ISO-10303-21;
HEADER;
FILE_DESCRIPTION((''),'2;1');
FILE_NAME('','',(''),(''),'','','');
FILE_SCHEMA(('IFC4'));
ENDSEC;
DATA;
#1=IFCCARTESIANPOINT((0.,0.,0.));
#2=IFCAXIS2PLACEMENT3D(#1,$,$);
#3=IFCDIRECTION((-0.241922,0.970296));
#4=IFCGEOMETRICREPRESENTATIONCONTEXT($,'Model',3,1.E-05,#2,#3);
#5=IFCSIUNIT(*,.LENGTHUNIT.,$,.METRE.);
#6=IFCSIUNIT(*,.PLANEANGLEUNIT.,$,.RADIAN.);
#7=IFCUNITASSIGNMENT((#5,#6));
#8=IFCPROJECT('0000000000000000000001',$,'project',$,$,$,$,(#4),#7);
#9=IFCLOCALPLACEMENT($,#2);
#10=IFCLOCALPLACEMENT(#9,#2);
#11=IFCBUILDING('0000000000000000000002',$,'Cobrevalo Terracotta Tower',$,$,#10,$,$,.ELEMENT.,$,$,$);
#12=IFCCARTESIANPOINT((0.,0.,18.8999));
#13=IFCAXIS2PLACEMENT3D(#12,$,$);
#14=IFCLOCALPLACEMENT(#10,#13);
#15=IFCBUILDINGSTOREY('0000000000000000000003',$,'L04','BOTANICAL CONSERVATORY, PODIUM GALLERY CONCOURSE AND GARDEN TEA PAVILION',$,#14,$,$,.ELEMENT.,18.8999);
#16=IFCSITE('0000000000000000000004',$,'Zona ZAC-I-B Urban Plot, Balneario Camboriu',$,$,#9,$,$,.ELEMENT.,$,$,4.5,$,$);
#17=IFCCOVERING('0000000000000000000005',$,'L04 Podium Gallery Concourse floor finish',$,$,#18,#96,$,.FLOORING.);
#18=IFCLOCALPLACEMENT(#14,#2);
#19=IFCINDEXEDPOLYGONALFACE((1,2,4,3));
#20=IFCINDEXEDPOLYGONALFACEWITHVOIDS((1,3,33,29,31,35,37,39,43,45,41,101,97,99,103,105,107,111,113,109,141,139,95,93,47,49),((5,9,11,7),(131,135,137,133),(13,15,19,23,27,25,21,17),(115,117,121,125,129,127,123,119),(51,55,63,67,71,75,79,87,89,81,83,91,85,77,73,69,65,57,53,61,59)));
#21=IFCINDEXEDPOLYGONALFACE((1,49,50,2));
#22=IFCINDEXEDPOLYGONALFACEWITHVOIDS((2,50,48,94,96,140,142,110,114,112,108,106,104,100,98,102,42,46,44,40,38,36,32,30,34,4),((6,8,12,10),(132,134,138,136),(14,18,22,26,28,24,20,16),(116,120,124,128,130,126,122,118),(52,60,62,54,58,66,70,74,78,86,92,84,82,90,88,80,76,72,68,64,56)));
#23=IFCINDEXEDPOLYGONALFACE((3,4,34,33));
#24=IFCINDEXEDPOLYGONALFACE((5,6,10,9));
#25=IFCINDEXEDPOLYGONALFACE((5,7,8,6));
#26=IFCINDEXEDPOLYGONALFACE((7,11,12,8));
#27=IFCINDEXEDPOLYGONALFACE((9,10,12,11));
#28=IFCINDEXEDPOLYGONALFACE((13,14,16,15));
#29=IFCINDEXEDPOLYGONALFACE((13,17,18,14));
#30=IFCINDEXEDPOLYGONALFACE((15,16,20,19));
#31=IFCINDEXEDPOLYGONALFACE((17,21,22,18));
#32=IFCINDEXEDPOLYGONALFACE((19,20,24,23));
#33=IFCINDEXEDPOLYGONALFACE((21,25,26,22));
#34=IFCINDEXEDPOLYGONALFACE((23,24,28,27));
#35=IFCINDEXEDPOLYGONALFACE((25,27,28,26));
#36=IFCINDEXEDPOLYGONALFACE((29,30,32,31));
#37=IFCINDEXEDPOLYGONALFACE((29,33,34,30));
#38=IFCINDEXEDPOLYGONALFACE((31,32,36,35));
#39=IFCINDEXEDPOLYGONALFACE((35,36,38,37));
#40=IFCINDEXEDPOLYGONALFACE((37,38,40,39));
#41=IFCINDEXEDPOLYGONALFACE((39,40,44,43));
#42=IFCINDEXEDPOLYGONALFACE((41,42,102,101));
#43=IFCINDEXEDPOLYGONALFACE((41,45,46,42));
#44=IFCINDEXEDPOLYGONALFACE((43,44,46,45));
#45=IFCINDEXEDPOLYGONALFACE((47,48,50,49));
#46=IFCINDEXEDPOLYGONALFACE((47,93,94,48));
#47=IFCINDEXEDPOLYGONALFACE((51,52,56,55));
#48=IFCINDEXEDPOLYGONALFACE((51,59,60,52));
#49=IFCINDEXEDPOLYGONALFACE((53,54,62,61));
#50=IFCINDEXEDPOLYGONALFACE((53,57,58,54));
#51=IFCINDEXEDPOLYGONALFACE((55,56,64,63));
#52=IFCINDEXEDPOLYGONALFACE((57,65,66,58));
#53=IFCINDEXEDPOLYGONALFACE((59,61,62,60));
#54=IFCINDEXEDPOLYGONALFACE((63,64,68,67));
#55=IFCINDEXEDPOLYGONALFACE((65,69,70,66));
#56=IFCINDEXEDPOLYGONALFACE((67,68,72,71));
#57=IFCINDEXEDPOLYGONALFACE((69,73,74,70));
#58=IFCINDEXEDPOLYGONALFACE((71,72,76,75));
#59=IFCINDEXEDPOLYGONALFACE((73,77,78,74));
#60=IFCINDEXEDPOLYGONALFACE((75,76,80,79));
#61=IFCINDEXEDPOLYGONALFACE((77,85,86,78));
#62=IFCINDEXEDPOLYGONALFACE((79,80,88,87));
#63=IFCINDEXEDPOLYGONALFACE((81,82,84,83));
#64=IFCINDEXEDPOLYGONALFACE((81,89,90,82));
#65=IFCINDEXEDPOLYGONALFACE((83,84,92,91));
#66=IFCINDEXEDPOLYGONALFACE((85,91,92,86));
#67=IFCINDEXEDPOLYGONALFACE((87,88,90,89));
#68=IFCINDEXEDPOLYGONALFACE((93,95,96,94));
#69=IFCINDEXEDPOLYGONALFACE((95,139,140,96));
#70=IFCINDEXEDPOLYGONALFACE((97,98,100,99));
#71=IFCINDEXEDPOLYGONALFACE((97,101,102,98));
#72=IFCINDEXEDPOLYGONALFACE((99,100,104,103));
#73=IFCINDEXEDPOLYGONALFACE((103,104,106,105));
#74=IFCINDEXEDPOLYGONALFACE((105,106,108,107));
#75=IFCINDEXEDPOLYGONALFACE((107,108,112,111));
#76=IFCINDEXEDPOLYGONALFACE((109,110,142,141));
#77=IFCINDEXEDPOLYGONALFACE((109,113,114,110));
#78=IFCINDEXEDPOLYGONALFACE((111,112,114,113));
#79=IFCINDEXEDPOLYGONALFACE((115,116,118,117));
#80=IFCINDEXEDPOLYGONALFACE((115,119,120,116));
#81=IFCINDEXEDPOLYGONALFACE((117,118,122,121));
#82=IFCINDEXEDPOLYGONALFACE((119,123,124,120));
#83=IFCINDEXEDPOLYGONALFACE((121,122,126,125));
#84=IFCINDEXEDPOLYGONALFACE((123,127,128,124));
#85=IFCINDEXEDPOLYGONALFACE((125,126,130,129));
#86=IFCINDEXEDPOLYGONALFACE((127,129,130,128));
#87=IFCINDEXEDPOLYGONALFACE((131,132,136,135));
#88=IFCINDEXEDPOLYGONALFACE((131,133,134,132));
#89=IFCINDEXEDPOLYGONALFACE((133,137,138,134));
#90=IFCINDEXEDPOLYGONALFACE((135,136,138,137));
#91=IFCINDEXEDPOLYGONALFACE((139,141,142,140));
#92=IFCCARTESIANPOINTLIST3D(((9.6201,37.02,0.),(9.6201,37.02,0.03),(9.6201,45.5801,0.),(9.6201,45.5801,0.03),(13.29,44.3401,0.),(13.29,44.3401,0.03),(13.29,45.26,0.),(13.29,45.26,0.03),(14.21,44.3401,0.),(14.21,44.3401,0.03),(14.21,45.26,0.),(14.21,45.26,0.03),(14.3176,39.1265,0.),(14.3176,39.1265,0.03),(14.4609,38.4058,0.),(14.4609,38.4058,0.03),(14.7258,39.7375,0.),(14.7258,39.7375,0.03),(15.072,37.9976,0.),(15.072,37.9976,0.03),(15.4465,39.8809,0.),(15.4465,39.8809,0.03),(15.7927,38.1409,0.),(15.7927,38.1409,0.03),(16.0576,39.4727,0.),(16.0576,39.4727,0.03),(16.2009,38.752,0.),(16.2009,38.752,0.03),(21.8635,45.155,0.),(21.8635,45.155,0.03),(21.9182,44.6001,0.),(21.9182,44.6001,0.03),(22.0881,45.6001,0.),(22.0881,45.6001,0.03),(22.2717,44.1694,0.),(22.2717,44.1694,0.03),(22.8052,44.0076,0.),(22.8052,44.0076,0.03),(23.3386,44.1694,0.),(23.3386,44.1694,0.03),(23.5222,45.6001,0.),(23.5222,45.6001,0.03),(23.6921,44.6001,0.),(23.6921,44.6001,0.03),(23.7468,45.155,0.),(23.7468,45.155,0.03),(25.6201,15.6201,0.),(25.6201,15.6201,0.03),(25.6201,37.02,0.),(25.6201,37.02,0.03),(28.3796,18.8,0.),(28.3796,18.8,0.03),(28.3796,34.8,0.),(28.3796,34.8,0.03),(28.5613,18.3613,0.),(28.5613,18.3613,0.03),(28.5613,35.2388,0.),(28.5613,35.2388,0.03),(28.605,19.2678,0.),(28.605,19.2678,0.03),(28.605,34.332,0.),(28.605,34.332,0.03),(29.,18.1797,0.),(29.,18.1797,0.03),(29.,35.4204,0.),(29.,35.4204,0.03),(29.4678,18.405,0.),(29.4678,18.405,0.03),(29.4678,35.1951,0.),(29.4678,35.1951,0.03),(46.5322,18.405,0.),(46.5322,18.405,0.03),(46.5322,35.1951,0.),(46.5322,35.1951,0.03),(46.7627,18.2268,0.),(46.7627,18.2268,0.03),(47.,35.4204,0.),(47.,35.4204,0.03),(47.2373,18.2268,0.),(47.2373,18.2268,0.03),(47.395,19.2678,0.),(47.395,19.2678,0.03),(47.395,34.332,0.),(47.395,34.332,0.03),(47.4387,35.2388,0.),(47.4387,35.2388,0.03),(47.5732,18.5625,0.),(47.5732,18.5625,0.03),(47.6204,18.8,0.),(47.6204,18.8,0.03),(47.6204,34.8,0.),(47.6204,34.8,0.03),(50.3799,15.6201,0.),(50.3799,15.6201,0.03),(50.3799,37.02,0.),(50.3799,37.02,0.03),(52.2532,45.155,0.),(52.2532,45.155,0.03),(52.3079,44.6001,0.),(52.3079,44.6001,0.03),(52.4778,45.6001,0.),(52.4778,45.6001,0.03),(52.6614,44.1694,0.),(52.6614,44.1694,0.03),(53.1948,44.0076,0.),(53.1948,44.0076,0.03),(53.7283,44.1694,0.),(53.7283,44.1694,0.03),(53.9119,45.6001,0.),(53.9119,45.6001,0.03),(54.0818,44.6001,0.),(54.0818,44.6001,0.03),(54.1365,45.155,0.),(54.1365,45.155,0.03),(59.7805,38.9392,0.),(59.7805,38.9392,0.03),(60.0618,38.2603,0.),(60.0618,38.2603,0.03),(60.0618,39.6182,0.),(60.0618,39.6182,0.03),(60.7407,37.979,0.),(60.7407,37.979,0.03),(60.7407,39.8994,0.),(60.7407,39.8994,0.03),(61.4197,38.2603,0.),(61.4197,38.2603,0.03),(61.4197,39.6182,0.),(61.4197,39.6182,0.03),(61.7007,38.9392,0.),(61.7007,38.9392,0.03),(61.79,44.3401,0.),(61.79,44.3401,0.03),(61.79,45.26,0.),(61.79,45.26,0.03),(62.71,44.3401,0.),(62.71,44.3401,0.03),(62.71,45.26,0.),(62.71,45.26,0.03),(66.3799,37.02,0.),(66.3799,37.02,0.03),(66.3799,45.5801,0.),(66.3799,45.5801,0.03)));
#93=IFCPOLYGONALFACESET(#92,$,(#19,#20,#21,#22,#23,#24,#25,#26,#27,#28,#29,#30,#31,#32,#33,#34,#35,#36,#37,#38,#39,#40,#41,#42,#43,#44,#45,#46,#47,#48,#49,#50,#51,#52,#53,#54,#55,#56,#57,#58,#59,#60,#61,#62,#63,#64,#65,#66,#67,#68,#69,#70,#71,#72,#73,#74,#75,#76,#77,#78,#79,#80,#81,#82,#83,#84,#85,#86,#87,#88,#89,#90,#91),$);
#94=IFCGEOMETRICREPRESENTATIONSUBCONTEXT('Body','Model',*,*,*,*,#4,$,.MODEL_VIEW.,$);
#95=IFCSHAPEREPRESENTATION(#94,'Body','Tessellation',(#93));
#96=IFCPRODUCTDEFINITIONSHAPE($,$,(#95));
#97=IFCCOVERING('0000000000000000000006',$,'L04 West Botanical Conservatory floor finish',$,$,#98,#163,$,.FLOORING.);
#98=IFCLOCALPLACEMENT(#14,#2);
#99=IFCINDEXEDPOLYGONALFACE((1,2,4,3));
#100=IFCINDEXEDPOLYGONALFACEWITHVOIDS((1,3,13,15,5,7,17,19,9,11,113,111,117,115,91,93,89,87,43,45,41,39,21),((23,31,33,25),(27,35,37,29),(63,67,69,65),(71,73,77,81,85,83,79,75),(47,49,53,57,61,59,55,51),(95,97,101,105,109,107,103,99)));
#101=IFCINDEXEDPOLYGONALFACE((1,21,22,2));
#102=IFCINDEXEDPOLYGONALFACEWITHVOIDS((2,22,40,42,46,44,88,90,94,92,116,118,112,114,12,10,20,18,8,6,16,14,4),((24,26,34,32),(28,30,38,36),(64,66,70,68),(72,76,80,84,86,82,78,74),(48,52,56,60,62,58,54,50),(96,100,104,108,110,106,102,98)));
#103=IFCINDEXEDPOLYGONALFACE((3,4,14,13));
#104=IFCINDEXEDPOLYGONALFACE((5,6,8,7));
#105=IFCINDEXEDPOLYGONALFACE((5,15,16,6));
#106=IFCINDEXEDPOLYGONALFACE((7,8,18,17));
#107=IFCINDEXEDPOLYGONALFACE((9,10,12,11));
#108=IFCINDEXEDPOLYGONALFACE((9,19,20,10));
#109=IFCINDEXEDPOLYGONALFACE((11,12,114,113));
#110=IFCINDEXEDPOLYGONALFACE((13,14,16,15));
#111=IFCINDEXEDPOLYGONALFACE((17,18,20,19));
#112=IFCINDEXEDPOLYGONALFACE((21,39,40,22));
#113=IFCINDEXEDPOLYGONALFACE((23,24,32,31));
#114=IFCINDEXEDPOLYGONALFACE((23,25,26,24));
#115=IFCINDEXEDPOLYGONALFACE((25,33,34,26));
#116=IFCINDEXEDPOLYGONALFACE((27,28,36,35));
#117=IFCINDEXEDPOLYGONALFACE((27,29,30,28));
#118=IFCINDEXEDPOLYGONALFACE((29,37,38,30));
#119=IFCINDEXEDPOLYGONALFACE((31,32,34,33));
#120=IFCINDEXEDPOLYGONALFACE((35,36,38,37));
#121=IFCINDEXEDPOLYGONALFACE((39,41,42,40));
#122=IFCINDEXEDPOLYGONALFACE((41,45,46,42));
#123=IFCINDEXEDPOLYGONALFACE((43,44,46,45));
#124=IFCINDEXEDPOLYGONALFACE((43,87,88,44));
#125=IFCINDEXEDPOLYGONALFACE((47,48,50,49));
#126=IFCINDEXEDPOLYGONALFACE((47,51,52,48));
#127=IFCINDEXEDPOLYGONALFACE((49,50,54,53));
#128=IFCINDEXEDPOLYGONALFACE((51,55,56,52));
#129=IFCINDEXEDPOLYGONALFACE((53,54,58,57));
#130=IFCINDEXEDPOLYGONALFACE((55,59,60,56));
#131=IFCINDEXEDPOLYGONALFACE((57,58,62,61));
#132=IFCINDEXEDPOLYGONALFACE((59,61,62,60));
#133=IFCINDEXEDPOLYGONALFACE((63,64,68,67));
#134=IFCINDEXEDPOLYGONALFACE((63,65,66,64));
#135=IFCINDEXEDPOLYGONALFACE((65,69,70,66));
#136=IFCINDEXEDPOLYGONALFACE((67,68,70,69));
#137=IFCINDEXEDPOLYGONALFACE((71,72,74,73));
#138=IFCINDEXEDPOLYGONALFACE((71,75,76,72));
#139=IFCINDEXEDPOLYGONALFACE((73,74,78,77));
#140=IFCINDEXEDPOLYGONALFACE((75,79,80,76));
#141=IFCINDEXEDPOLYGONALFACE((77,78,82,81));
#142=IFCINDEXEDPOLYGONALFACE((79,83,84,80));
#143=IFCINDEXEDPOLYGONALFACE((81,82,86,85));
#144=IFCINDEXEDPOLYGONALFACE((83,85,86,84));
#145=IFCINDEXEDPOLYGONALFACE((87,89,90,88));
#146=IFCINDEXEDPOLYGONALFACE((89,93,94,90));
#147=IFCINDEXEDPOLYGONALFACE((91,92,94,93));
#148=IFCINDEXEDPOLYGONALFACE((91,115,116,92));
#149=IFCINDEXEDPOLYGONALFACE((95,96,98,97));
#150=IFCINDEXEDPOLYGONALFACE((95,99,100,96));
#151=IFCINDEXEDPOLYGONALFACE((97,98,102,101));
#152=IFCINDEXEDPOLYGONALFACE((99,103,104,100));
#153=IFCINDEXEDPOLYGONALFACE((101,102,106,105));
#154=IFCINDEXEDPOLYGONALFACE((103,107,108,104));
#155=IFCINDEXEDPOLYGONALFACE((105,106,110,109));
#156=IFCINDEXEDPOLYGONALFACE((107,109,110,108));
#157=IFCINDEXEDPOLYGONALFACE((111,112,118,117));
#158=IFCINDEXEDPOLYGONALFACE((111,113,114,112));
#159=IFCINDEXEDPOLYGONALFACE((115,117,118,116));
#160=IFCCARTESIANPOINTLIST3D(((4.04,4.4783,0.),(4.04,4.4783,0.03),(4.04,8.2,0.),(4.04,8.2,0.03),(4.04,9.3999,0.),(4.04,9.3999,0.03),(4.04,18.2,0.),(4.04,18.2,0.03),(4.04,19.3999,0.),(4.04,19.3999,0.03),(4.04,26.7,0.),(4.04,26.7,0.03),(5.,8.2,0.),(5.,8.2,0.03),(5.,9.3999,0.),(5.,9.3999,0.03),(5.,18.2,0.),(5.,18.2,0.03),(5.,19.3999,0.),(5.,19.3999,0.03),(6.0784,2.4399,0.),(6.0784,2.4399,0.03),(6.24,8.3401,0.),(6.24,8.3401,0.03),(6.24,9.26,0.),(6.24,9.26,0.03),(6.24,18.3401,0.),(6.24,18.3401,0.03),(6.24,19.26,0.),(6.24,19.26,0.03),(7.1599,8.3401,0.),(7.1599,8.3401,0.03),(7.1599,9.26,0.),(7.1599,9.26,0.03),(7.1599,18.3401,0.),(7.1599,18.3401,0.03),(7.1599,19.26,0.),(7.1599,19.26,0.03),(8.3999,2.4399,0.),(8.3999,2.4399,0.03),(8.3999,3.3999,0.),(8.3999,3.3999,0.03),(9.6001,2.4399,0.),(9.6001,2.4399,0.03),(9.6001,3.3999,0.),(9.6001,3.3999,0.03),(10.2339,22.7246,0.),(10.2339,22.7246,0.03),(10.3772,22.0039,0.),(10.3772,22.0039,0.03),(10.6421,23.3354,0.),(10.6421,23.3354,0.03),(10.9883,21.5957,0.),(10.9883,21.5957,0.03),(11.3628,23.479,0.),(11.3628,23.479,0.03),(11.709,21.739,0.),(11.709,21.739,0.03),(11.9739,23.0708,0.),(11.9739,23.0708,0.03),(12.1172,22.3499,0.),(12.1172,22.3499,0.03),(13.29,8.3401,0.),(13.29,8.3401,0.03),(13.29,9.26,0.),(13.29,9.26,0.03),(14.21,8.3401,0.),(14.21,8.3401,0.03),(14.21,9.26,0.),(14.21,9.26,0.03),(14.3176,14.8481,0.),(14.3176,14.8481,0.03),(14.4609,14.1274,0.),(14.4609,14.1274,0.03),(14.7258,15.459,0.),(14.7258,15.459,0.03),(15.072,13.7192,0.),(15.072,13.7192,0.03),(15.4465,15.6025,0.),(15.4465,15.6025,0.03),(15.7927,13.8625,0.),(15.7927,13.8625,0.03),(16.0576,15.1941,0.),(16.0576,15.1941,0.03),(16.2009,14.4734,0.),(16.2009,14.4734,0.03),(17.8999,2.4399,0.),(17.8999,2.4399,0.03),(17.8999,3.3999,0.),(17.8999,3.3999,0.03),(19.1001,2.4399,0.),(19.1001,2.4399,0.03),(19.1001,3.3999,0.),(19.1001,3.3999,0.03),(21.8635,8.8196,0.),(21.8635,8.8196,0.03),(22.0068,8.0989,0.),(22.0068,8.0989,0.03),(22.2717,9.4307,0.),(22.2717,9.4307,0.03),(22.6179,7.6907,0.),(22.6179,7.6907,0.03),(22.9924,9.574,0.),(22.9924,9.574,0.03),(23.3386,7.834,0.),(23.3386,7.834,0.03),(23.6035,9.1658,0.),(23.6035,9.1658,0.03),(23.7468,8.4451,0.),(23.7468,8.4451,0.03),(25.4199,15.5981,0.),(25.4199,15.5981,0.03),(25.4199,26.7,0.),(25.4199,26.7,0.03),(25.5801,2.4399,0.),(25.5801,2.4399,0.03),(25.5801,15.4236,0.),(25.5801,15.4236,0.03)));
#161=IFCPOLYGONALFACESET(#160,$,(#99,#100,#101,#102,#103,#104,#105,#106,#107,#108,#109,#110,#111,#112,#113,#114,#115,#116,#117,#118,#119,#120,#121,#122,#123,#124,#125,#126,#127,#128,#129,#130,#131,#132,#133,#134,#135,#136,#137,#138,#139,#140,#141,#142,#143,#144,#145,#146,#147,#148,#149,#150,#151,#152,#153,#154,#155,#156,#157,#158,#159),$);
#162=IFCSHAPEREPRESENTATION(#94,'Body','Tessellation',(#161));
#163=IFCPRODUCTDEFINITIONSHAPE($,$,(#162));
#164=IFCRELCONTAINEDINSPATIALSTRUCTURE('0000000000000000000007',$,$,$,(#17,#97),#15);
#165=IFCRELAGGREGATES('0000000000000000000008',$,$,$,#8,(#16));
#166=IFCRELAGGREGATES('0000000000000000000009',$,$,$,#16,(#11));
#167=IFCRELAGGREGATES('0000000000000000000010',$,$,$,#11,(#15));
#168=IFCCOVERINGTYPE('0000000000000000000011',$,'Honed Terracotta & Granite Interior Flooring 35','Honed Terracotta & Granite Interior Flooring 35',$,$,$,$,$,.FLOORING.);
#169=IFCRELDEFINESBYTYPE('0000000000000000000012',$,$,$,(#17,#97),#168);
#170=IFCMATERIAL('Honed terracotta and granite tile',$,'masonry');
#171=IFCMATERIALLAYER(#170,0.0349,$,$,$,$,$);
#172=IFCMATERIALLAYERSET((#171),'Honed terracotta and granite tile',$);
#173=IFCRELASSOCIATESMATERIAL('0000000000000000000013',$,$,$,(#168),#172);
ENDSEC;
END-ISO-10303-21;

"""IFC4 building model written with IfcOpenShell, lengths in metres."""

from ifc_helpers import new_model, si_unit, direction, frame, origin, place, context, subcontext, project, spatial, polyline, outline, extrude, material, layer, layer_set, type_object, element, save


model = new_model("IFC4")

# Units and contexts
model_context = context("Model", 3, precision=1e-05, world=origin(), true_north=direction((-0.241922, 0.970296)))
body_context = subcontext(model_context, "Body", "Model", "MODEL_VIEW")
ifc_project = project(units=[si_unit("LENGTHUNIT", "METRE"), si_unit("PLANEANGLEUNIT", "RADIAN")], contexts=[model_context])

# Site, building, storey
site_placement = place(None, origin())
site = spatial("IfcSite", under=ifc_project, at=site_placement, Name="Zona ZAC-I-B Urban Plot, Balneario Camboriu", CompositionType="ELEMENT", RefElevation=4.5)
building_placement = place(site_placement, origin())
building = spatial("IfcBuilding", under=site, at=building_placement, Name="Cobrevalo Terracotta Tower", CompositionType="ELEMENT")
storey_placement = place(building_placement, frame((0.0, 0.0, 18.8999)))
storey = spatial("IfcBuildingStorey", under=building, at=storey_placement, Name="L04", Description="BOTANICAL CONSERVATORY, PODIUM GALLERY CONCOURSE AND GARDEN TEA PAVILION", CompositionType="ELEMENT", Elevation=18.8999)

# Coverings
ifc_material_1 = material(Name="Honed terracotta and granite tile", Category="masonry")
ifc_layer_1 = layer(ifc_material_1, 0.0349)
ifc_layer_set_1 = layer_set([ifc_layer_1], Name="Honed terracotta and granite tile")
covering_type_1 = type_object("IfcCoveringType", Name="Honed Terracotta & Granite Interior Flooring 35", Description="Honed Terracotta & Granite Interior Flooring 35", PredefinedType="FLOORING", material=ifc_layer_set_1)
covering_1_placement = place(storey_placement, origin())
element("IfcCovering", 1, at=covering_1_placement, inside=storey, type_object=covering_type_1, Name="L04 Podium Gallery Concourse floor finish", PredefinedType="FLOORING", context=body_context, shape_type="SweptSolid", body=[
    extrude(outline(polyline([(9.6201, 45.5801), (22.0881, 45.6001), (21.8635, 45.155), (21.9182, 44.6001), (22.2717, 44.1694), (22.8052, 44.0076), (23.3386, 44.1694), (23.6921, 44.6001), (23.7468, 45.155), (23.5222, 45.6001), (52.4778, 45.6001), (52.2532, 45.155), (52.3079, 44.6001), (52.6614, 44.1694), (53.1948, 44.0076), (53.7283, 44.1694), (54.0818, 44.6001), (54.1365, 45.155), (53.9119, 45.6001), (66.3799, 45.5801), (66.3799, 37.02), (50.3799, 37.02), (50.3799, 15.6201), (25.6201, 15.6201), (25.6201, 37.02), (9.6201, 37.02), (9.6201, 45.5801)]), holes=[polyline([(61.79, 45.26), (61.79, 44.3401), (62.71, 44.3401), (62.71, 45.26), (61.79, 45.26)]), polyline([(61.4197, 38.2603), (61.7007, 38.9392), (61.4197, 39.6182), (60.7407, 39.8994), (60.0618, 39.6182), (59.7805, 38.9392), (60.0618, 38.2603), (60.7407, 37.979), (61.4197, 38.2603)]), polyline([(46.5322, 18.405), (46.7627, 18.2268), (47.2373, 18.2268), (47.5732, 18.5625), (47.6204, 18.8), (47.395, 19.2678), (47.395, 34.332), (47.6204, 34.8), (47.4387, 35.2388), (47.0, 35.4204), (46.5322, 35.1951), (29.4678, 35.1951), (29.0, 35.4204), (28.5613, 35.2388), (28.3796, 34.8), (28.605, 34.332), (28.605, 19.2678), (28.3796, 18.8), (28.5613, 18.3613), (29.0, 18.1797), (29.4678, 18.405), (46.5322, 18.405)]), polyline([(15.7927, 38.1409), (16.2009, 38.752), (16.0576, 39.4727), (15.4465, 39.8809), (14.7258, 39.7375), (14.3176, 39.1265), (14.4609, 38.4058), (15.072, 37.9976), (15.7927, 38.1409)]), polyline([(13.29, 45.26), (13.29, 44.3401), (14.21, 44.3401), (14.21, 45.26), (13.29, 45.26)])]), origin(), (0.0, 0.0, 1.0), 0.03),
])
covering_2_placement = place(storey_placement, origin())
element("IfcCovering", 2, at=covering_2_placement, inside=storey, type_object=covering_type_1, Name="L04 West Botanical Conservatory floor finish", PredefinedType="FLOORING", context=body_context, shape_type="SweptSolid", body=[
    extrude(outline(polyline([(4.04, 4.4783), (4.04, 8.2), (5.0, 8.2), (5.0, 9.3999), (4.04, 9.3999), (4.04, 18.2), (5.0, 18.2), (5.0, 19.3999), (4.04, 19.3999), (4.04, 26.7), (25.4199, 26.7), (25.4199, 15.5981), (25.5801, 15.4236), (25.5801, 2.4399), (19.1001, 2.4399), (19.1001, 3.3999), (17.8999, 3.3999), (17.8999, 2.4399), (9.6001, 2.4399), (9.6001, 3.3999), (8.3999, 3.3999), (8.3999, 2.4399), (6.0784, 2.4399), (4.04, 4.4783)]), holes=[polyline([(23.3386, 7.834), (23.7468, 8.4451), (23.6035, 9.1658), (22.9924, 9.574), (22.2717, 9.4307), (21.8635, 8.8196), (22.0068, 8.0989), (22.6179, 7.6907), (23.3386, 7.834)]), polyline([(15.7927, 13.8625), (16.2009, 14.4734), (16.0576, 15.1941), (15.4465, 15.6025), (14.7258, 15.459), (14.3176, 14.8481), (14.4609, 14.1274), (15.072, 13.7192), (15.7927, 13.8625)]), polyline([(13.29, 8.3401), (14.21, 8.3401), (14.21, 9.26), (13.29, 9.26), (13.29, 8.3401)]), polyline([(11.709, 21.739), (12.1172, 22.3499), (11.9739, 23.0708), (11.3628, 23.479), (10.6421, 23.3354), (10.2339, 22.7246), (10.3772, 22.0039), (10.9883, 21.5957), (11.709, 21.739)]), polyline([(6.24, 9.26), (6.24, 8.3401), (7.1599, 8.3401), (7.1599, 9.26), (6.24, 9.26)]), polyline([(6.24, 18.3401), (7.1599, 18.3401), (7.1599, 19.26), (6.24, 19.26), (6.24, 18.3401)])]), origin(), (0.0, 0.0, 1.0), 0.03),
])

save(model, "model.ifc")
